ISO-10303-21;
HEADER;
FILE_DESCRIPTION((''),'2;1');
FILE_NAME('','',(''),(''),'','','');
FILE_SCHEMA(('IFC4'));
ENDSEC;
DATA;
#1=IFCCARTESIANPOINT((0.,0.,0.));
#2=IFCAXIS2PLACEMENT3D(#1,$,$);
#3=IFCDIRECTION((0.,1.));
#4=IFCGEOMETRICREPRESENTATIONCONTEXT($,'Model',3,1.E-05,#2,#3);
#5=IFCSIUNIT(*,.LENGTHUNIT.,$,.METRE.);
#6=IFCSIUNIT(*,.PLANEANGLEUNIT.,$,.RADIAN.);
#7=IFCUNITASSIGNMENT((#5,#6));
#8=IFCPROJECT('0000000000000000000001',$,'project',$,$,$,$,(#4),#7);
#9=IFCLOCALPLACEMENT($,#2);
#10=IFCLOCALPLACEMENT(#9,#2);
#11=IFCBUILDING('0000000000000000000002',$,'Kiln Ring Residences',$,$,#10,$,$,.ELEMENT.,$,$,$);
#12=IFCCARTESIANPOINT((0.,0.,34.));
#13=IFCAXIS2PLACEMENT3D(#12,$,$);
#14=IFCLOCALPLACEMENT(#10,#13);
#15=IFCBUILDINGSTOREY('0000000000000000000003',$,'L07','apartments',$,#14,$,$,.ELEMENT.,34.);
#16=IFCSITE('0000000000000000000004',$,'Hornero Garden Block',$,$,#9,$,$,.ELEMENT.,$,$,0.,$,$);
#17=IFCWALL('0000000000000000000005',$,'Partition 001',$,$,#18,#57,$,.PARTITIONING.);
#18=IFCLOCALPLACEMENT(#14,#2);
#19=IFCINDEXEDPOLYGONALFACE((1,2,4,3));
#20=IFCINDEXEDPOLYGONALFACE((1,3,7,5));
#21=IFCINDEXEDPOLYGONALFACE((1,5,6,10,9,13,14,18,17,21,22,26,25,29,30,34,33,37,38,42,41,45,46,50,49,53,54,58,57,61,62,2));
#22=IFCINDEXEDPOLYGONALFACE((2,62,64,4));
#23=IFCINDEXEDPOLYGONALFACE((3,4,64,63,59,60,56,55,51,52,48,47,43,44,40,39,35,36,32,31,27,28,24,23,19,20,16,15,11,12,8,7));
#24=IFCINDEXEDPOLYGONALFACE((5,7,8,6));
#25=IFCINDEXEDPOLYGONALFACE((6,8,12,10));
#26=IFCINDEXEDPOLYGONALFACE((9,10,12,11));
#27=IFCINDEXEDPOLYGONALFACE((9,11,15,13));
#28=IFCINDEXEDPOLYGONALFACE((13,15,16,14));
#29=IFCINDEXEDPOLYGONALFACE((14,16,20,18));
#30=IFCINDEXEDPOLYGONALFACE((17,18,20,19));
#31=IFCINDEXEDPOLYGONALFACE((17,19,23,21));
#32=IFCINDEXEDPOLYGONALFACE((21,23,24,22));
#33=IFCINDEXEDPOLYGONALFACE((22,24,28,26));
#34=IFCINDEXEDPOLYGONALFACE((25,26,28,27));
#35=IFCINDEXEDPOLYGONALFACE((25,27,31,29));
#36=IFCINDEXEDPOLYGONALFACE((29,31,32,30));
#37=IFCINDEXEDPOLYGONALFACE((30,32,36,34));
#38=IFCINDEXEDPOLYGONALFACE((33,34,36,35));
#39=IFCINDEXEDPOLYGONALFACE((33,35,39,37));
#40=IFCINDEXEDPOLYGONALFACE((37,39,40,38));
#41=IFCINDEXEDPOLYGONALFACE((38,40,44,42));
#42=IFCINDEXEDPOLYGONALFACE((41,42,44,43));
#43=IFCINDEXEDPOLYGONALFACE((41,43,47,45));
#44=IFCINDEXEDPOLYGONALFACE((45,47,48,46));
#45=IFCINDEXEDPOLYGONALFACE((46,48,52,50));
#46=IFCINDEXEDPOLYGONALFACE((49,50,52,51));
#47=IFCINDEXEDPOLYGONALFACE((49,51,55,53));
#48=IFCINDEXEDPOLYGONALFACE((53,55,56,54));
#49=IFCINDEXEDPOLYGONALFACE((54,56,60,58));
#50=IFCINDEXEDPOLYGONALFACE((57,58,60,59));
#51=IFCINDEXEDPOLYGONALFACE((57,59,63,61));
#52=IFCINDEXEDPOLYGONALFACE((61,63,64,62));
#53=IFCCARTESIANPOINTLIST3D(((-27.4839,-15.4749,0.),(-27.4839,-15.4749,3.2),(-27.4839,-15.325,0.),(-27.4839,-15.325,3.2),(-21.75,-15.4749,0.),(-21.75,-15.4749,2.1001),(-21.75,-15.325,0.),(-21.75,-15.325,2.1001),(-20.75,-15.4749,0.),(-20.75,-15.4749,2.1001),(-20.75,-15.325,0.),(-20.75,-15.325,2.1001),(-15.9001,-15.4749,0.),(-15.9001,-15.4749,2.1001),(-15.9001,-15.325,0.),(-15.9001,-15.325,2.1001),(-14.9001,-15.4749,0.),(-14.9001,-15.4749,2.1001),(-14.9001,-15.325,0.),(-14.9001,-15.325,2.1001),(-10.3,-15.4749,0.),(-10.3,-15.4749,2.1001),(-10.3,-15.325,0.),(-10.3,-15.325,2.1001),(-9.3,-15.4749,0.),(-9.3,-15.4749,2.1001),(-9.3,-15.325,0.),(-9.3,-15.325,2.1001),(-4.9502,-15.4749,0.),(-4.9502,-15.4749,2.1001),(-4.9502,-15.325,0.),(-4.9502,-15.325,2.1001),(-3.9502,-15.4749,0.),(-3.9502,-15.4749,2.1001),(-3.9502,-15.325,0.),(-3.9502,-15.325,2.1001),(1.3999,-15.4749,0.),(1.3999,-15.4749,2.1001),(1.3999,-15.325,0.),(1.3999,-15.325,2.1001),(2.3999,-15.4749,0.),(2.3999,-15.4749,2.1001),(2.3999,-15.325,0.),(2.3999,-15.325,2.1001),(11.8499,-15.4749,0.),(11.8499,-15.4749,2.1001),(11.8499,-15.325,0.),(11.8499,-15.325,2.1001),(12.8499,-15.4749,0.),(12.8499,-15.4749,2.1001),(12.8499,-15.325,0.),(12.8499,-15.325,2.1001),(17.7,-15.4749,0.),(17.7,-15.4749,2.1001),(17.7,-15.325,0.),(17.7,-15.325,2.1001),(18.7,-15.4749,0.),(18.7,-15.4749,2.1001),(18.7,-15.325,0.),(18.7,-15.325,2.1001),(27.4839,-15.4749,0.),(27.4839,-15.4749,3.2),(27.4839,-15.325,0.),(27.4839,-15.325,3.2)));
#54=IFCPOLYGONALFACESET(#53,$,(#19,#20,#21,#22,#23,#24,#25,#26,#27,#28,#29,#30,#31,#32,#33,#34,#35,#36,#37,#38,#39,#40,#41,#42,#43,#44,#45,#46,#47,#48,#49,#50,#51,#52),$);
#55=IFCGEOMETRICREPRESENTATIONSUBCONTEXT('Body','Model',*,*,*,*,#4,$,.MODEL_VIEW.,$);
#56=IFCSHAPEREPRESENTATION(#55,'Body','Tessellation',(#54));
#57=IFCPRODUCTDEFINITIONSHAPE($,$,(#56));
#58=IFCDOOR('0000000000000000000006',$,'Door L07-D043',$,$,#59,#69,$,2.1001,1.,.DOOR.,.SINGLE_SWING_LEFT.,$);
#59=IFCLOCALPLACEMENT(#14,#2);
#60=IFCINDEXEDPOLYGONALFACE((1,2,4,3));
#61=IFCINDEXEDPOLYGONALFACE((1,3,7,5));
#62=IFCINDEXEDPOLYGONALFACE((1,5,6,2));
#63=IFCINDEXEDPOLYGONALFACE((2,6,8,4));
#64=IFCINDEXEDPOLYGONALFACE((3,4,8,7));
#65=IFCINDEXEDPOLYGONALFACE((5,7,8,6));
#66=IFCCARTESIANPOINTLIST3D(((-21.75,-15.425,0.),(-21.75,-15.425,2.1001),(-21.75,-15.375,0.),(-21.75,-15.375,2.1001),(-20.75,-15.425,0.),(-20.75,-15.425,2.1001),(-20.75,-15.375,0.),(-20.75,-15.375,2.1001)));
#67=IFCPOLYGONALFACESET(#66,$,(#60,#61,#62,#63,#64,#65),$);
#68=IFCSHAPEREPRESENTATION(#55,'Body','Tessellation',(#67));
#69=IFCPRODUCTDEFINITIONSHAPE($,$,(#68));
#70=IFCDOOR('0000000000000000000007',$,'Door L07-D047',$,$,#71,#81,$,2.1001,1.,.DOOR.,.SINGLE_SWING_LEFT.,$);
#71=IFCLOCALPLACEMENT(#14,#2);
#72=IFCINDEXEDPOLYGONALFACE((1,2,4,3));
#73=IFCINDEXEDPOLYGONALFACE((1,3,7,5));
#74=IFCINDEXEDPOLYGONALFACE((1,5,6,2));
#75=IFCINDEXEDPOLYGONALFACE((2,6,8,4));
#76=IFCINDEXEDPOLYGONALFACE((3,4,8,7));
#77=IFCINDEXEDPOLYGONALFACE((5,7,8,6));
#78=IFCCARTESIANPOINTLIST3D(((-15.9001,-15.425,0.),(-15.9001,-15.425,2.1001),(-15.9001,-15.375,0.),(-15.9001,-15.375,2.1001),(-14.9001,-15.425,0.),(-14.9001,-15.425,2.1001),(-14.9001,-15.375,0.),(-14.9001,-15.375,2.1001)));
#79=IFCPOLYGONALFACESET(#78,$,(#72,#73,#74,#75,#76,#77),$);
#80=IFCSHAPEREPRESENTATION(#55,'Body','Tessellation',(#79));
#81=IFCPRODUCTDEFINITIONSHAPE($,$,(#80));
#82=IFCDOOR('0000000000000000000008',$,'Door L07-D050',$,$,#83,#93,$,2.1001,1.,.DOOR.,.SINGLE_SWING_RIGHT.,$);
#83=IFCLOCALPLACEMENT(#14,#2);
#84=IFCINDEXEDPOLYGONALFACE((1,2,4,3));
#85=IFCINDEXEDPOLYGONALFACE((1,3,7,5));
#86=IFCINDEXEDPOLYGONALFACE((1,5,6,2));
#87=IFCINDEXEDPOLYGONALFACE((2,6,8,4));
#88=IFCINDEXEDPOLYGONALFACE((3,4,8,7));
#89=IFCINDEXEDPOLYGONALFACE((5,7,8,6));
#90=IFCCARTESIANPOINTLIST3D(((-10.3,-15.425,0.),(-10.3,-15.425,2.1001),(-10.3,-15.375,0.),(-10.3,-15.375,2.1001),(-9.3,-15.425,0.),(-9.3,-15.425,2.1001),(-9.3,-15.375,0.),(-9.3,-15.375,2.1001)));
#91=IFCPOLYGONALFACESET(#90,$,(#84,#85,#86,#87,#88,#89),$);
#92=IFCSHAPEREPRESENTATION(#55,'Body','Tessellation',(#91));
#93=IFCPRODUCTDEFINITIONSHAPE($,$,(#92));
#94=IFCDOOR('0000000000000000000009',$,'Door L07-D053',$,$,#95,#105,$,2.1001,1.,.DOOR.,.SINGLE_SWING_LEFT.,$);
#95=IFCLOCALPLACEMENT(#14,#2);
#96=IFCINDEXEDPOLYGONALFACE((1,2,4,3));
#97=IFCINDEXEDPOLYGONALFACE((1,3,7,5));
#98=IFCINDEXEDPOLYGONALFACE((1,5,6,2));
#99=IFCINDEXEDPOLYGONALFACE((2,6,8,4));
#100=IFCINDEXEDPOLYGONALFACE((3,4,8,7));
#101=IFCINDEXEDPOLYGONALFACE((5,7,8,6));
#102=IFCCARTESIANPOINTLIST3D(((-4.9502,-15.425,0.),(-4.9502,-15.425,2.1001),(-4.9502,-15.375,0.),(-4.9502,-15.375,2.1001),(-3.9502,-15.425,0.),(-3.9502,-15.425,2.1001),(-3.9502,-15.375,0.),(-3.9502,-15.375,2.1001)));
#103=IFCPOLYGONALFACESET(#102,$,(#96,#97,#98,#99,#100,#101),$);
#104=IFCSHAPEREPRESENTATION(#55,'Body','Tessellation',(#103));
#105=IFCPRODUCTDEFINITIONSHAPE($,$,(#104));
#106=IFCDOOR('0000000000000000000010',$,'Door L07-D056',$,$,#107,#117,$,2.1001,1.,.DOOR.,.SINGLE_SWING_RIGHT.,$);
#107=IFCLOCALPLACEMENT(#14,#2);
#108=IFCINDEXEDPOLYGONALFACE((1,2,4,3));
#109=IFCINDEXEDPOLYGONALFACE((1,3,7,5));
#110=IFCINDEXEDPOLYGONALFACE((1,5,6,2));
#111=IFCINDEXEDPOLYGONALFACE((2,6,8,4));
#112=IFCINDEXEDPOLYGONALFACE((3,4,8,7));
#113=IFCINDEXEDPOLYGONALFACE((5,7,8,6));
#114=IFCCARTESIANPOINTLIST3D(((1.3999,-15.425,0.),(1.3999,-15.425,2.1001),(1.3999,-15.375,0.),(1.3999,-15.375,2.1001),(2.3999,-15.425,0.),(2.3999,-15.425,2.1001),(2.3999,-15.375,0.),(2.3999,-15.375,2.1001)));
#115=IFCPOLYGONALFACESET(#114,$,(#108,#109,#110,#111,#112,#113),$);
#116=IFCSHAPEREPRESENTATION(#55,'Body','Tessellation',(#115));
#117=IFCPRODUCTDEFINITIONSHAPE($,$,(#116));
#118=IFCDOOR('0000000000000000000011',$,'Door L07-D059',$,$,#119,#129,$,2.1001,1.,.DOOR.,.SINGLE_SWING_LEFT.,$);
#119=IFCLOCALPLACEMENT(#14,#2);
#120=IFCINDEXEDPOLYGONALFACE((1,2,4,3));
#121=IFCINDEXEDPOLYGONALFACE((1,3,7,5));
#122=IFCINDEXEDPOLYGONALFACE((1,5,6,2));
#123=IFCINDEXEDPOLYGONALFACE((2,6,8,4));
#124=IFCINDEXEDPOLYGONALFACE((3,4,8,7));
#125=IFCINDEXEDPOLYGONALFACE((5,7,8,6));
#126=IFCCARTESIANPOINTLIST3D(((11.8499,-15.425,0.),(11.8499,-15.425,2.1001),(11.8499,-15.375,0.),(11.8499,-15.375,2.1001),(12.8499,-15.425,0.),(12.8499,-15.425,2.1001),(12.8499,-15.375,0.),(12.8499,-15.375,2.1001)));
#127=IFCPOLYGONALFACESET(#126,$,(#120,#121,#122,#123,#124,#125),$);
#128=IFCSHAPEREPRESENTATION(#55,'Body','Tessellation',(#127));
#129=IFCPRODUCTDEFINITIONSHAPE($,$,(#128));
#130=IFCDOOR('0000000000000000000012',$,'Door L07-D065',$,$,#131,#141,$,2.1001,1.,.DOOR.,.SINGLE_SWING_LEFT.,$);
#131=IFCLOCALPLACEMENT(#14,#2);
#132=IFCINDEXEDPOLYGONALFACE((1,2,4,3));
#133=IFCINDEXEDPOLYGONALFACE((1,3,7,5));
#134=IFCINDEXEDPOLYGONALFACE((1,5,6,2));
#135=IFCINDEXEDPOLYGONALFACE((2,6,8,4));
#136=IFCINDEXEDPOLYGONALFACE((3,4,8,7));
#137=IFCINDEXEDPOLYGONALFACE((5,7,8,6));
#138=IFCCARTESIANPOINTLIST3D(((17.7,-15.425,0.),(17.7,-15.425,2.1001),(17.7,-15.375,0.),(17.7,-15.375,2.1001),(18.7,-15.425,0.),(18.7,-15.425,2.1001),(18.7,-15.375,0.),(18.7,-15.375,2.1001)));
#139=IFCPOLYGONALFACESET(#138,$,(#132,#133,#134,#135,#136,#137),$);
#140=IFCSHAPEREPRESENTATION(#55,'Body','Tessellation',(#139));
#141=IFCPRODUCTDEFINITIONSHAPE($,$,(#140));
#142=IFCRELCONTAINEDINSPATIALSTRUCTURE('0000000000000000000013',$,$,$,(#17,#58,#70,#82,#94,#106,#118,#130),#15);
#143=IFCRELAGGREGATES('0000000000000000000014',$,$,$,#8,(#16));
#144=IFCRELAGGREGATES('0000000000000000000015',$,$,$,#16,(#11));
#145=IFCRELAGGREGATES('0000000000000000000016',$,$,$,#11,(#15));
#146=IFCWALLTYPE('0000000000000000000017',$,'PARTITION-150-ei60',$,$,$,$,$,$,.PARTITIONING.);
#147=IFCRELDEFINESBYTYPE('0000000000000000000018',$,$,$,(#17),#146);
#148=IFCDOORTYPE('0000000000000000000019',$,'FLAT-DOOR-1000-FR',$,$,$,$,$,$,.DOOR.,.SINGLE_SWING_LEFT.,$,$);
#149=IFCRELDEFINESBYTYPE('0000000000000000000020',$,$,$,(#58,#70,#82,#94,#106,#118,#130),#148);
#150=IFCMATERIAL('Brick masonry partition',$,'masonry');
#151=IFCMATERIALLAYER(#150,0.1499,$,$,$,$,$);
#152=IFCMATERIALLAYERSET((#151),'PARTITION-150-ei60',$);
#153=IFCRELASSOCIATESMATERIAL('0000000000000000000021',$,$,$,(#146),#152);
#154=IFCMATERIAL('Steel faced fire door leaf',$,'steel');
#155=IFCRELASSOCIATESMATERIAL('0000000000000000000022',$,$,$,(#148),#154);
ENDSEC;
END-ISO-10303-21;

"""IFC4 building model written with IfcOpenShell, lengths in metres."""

from ifc_helpers import new_model, si_unit, direction, frame, frame_2d, origin, place, context, subcontext, project, spatial, rectangle, extrude, material, layer, layer_set, type_object, element, fill, save


model = new_model("IFC4")

# Units and contexts
model_context = context("Model", 3, precision=1e-05, world=origin(), true_north=direction((0.0, 1.0)))
body_context = subcontext(model_context, "Body", "Model", "MODEL_VIEW")
ifc_project = project(units=[si_unit("LENGTHUNIT", "METRE"), si_unit("PLANEANGLEUNIT", "RADIAN")], contexts=[model_context])

# Site, building, storey
site_placement = place(None, origin())
site = spatial("IfcSite", under=ifc_project, at=site_placement, Name="Hornero Garden Block", CompositionType="ELEMENT", RefElevation=0.0)
building_placement = place(site_placement, origin())
building = spatial("IfcBuilding", under=site, at=building_placement, Name="Kiln Ring Residences", CompositionType="ELEMENT")
storey_placement = place(building_placement, frame((0.0, 0.0, 34.0)))
storey = spatial("IfcBuildingStorey", under=building, at=storey_placement, Name="L07", Description="apartments", CompositionType="ELEMENT", Elevation=34.0)

# Wall, openings, doors
ifc_material_1 = material(Name="Brick masonry partition", Category="masonry")
ifc_layer_1 = layer(ifc_material_1, 0.1499)
ifc_layer_set_1 = layer_set([ifc_layer_1], Name="PARTITION-150-ei60")
wall_type_1 = type_object("IfcWallType", Name="PARTITION-150-ei60", PredefinedType="PARTITIONING", material=ifc_layer_set_1)
wall_1_placement = place(storey_placement, frame((-27.4839, -15.3999, 0.0), z_axis=(0.0, 0.0, 1.0), x_axis=(1.0, 0.0, 0.0)))
wall_1 = element("IfcWall", 1, at=wall_1_placement, inside=storey, type_object=wall_type_1, Name="Partition 001", PredefinedType="PARTITIONING", context=body_context, shape_type="SweptSolid", body=[
    extrude(rectangle(XDim=54.9678, YDim=0.1499, at=frame_2d((27.4839, 0.0))), origin(), (0.0, 0.0, 1.0), 3.2),
])
opening_1_placement = place(wall_1_placement, frame((5.7339, 0.0, 0.0)))
opening_1 = element("IfcOpeningElement", 2, at=opening_1_placement, cuts=wall_1, PredefinedType="OPENING", context=body_context, shape_type="SweptSolid", body=[
    extrude(rectangle(XDim=1.0, YDim=2.1001, at=frame_2d((0.5, 1.05))), frame((0.0, 0.085, 0.0), z_axis=(0.0, -1.0, 0.0), x_axis=(1.0, 0.0, 0.0)), (0.0, 0.0, 1.0), 0.1699),
])
opening_2_placement = place(wall_1_placement, frame((11.5837, 0.0, 0.0)))
opening_2 = element("IfcOpeningElement", 3, at=opening_2_placement, cuts=wall_1, PredefinedType="OPENING", context=body_context, shape_type="SweptSolid", body=[
    extrude(rectangle(XDim=1.0, YDim=2.1001, at=frame_2d((0.5, 1.05))), frame((0.0, 0.085, 0.0), z_axis=(0.0, -1.0, 0.0), x_axis=(1.0, 0.0, 0.0)), (0.0, 0.0, 1.0), 0.1699),
])
opening_3_placement = place(wall_1_placement, frame((17.1838, 0.0, 0.0)))
opening_3 = element("IfcOpeningElement", 4, at=opening_3_placement, cuts=wall_1, PredefinedType="OPENING", context=body_context, shape_type="SweptSolid", body=[
    extrude(rectangle(XDim=1.0, YDim=2.1001, at=frame_2d((0.5, 1.05))), frame((0.0, 0.085, 0.0), z_axis=(0.0, -1.0, 0.0), x_axis=(1.0, 0.0, 0.0)), (0.0, 0.0, 1.0), 0.1699),
])
opening_4_placement = place(wall_1_placement, frame((22.5337, 0.0, 0.0)))
opening_4 = element("IfcOpeningElement", 5, at=opening_4_placement, cuts=wall_1, PredefinedType="OPENING", context=body_context, shape_type="SweptSolid", body=[
    extrude(rectangle(XDim=1.0, YDim=2.1001, at=frame_2d((0.5, 1.05))), frame((0.0, 0.085, 0.0), z_axis=(0.0, -1.0, 0.0), x_axis=(1.0, 0.0, 0.0)), (0.0, 0.0, 1.0), 0.1699),
])
opening_5_placement = place(wall_1_placement, frame((28.8838, 0.0, 0.0)))
opening_5 = element("IfcOpeningElement", 6, at=opening_5_placement, cuts=wall_1, PredefinedType="OPENING", context=body_context, shape_type="SweptSolid", body=[
    extrude(rectangle(XDim=1.0, YDim=2.1001, at=frame_2d((0.5, 1.05))), frame((0.0, 0.085, 0.0), z_axis=(0.0, -1.0, 0.0), x_axis=(1.0, 0.0, 0.0)), (0.0, 0.0, 1.0), 0.1699),
])
opening_6_placement = place(wall_1_placement, frame((39.3337, 0.0, 0.0)))
opening_6 = element("IfcOpeningElement", 7, at=opening_6_placement, cuts=wall_1, PredefinedType="OPENING", context=body_context, shape_type="SweptSolid", body=[
    extrude(rectangle(XDim=1.0, YDim=2.1001, at=frame_2d((0.5, 1.05))), frame((0.0, 0.085, 0.0), z_axis=(0.0, -1.0, 0.0), x_axis=(1.0, 0.0, 0.0)), (0.0, 0.0, 1.0), 0.1699),
])
opening_7_placement = place(wall_1_placement, frame((45.1838, 0.0, 0.0)))
opening_7 = element("IfcOpeningElement", 8, at=opening_7_placement, cuts=wall_1, PredefinedType="OPENING", context=body_context, shape_type="SweptSolid", body=[
    extrude(rectangle(XDim=1.0, YDim=2.1001, at=frame_2d((0.5, 1.05))), frame((0.0, 0.085, 0.0), z_axis=(0.0, -1.0, 0.0), x_axis=(1.0, 0.0, 0.0)), (0.0, 0.0, 1.0), 0.1699),
])
ifc_material_2 = material(Name="Steel faced fire door leaf", Category="steel")
door_type_1 = type_object("IfcDoorType", Name="FLAT-DOOR-1000-FR", OperationType="SINGLE_SWING_LEFT", PredefinedType="DOOR", material=ifc_material_2)
door_1_placement = place(opening_1_placement, origin())
door_1 = element("IfcDoor", 9, at=door_1_placement, inside=storey, type_object=door_type_1, Name="Door L07-D043", OperationType="SINGLE_SWING_LEFT", OverallHeight=2.1001, OverallWidth=1.0, PredefinedType="DOOR", context=body_context, shape_type="SweptSolid", body=[
    extrude(rectangle(XDim=1.0, YDim=2.1001, at=frame_2d((0.5, 1.05))), frame((0.0, 0.0249, 0.0), z_axis=(0.0, -1.0, 0.0), x_axis=(1.0, 0.0, 0.0)), (0.0, 0.0, 1.0), 0.05),
])
fill(opening_1, door_1)
door_2_placement = place(opening_2_placement, origin())
door_2 = element("IfcDoor", 10, at=door_2_placement, inside=storey, type_object=door_type_1, Name="Door L07-D047", OperationType="SINGLE_SWING_LEFT", OverallHeight=2.1001, OverallWidth=1.0, PredefinedType="DOOR", context=body_context, shape_type="SweptSolid", body=[
    extrude(rectangle(XDim=1.0, YDim=2.1001, at=frame_2d((0.5, 1.05))), frame((0.0, 0.0249, 0.0), z_axis=(0.0, -1.0, 0.0), x_axis=(1.0, 0.0, 0.0)), (0.0, 0.0, 1.0), 0.05),
])
fill(opening_2, door_2)
door_3_placement = place(opening_3_placement, origin())
door_3 = element("IfcDoor", 11, at=door_3_placement, inside=storey, type_object=door_type_1, Name="Door L07-D050", OperationType="SINGLE_SWING_RIGHT", OverallHeight=2.1001, OverallWidth=1.0, PredefinedType="DOOR", context=body_context, shape_type="SweptSolid", body=[
    extrude(rectangle(XDim=1.0, YDim=2.1001, at=frame_2d((0.5, 1.05))), frame((0.0, 0.0249, 0.0), z_axis=(0.0, -1.0, 0.0), x_axis=(1.0, 0.0, 0.0)), (0.0, 0.0, 1.0), 0.05),
])
fill(opening_3, door_3)
door_4_placement = place(opening_4_placement, origin())
door_4 = element("IfcDoor", 12, at=door_4_placement, inside=storey, type_object=door_type_1, Name="Door L07-D053", OperationType="SINGLE_SWING_LEFT", OverallHeight=2.1001, OverallWidth=1.0, PredefinedType="DOOR", context=body_context, shape_type="SweptSolid", body=[
    extrude(rectangle(XDim=1.0, YDim=2.1001, at=frame_2d((0.5, 1.05))), frame((0.0, 0.0249, 0.0), z_axis=(0.0, -1.0, 0.0), x_axis=(1.0, 0.0, 0.0)), (0.0, 0.0, 1.0), 0.05),
])
fill(opening_4, door_4)
door_5_placement = place(opening_5_placement, origin())
door_5 = element("IfcDoor", 13, at=door_5_placement, inside=storey, type_object=door_type_1, Name="Door L07-D056", OperationType="SINGLE_SWING_RIGHT", OverallHeight=2.1001, OverallWidth=1.0, PredefinedType="DOOR", context=body_context, shape_type="SweptSolid", body=[
    extrude(rectangle(XDim=1.0, YDim=2.1001, at=frame_2d((0.5, 1.05))), frame((0.0, 0.0249, 0.0), z_axis=(0.0, -1.0, 0.0), x_axis=(1.0, 0.0, 0.0)), (0.0, 0.0, 1.0), 0.05),
])
fill(opening_5, door_5)
door_6_placement = place(opening_6_placement, origin())
door_6 = element("IfcDoor", 14, at=door_6_placement, inside=storey, type_object=door_type_1, Name="Door L07-D059", OperationType="SINGLE_SWING_LEFT", OverallHeight=2.1001, OverallWidth=1.0, PredefinedType="DOOR", context=body_context, shape_type="SweptSolid", body=[
    extrude(rectangle(XDim=1.0, YDim=2.1001, at=frame_2d((0.5, 1.05))), frame((0.0, 0.0249, 0.0), z_axis=(0.0, -1.0, 0.0), x_axis=(1.0, 0.0, 0.0)), (0.0, 0.0, 1.0), 0.05),
])
fill(opening_6, door_6)
door_7_placement = place(opening_7_placement, origin())
door_7 = element("IfcDoor", 15, at=door_7_placement, inside=storey, type_object=door_type_1, Name="Door L07-D065", OperationType="SINGLE_SWING_LEFT", OverallHeight=2.1001, OverallWidth=1.0, PredefinedType="DOOR", context=body_context, shape_type="SweptSolid", body=[
    extrude(rectangle(XDim=1.0, YDim=2.1001, at=frame_2d((0.5, 1.05))), frame((0.0, 0.0249, 0.0), z_axis=(0.0, -1.0, 0.0), x_axis=(1.0, 0.0, 0.0)), (0.0, 0.0, 1.0), 0.05),
])
fill(opening_7, door_7)

save(model, "model.ifc")
